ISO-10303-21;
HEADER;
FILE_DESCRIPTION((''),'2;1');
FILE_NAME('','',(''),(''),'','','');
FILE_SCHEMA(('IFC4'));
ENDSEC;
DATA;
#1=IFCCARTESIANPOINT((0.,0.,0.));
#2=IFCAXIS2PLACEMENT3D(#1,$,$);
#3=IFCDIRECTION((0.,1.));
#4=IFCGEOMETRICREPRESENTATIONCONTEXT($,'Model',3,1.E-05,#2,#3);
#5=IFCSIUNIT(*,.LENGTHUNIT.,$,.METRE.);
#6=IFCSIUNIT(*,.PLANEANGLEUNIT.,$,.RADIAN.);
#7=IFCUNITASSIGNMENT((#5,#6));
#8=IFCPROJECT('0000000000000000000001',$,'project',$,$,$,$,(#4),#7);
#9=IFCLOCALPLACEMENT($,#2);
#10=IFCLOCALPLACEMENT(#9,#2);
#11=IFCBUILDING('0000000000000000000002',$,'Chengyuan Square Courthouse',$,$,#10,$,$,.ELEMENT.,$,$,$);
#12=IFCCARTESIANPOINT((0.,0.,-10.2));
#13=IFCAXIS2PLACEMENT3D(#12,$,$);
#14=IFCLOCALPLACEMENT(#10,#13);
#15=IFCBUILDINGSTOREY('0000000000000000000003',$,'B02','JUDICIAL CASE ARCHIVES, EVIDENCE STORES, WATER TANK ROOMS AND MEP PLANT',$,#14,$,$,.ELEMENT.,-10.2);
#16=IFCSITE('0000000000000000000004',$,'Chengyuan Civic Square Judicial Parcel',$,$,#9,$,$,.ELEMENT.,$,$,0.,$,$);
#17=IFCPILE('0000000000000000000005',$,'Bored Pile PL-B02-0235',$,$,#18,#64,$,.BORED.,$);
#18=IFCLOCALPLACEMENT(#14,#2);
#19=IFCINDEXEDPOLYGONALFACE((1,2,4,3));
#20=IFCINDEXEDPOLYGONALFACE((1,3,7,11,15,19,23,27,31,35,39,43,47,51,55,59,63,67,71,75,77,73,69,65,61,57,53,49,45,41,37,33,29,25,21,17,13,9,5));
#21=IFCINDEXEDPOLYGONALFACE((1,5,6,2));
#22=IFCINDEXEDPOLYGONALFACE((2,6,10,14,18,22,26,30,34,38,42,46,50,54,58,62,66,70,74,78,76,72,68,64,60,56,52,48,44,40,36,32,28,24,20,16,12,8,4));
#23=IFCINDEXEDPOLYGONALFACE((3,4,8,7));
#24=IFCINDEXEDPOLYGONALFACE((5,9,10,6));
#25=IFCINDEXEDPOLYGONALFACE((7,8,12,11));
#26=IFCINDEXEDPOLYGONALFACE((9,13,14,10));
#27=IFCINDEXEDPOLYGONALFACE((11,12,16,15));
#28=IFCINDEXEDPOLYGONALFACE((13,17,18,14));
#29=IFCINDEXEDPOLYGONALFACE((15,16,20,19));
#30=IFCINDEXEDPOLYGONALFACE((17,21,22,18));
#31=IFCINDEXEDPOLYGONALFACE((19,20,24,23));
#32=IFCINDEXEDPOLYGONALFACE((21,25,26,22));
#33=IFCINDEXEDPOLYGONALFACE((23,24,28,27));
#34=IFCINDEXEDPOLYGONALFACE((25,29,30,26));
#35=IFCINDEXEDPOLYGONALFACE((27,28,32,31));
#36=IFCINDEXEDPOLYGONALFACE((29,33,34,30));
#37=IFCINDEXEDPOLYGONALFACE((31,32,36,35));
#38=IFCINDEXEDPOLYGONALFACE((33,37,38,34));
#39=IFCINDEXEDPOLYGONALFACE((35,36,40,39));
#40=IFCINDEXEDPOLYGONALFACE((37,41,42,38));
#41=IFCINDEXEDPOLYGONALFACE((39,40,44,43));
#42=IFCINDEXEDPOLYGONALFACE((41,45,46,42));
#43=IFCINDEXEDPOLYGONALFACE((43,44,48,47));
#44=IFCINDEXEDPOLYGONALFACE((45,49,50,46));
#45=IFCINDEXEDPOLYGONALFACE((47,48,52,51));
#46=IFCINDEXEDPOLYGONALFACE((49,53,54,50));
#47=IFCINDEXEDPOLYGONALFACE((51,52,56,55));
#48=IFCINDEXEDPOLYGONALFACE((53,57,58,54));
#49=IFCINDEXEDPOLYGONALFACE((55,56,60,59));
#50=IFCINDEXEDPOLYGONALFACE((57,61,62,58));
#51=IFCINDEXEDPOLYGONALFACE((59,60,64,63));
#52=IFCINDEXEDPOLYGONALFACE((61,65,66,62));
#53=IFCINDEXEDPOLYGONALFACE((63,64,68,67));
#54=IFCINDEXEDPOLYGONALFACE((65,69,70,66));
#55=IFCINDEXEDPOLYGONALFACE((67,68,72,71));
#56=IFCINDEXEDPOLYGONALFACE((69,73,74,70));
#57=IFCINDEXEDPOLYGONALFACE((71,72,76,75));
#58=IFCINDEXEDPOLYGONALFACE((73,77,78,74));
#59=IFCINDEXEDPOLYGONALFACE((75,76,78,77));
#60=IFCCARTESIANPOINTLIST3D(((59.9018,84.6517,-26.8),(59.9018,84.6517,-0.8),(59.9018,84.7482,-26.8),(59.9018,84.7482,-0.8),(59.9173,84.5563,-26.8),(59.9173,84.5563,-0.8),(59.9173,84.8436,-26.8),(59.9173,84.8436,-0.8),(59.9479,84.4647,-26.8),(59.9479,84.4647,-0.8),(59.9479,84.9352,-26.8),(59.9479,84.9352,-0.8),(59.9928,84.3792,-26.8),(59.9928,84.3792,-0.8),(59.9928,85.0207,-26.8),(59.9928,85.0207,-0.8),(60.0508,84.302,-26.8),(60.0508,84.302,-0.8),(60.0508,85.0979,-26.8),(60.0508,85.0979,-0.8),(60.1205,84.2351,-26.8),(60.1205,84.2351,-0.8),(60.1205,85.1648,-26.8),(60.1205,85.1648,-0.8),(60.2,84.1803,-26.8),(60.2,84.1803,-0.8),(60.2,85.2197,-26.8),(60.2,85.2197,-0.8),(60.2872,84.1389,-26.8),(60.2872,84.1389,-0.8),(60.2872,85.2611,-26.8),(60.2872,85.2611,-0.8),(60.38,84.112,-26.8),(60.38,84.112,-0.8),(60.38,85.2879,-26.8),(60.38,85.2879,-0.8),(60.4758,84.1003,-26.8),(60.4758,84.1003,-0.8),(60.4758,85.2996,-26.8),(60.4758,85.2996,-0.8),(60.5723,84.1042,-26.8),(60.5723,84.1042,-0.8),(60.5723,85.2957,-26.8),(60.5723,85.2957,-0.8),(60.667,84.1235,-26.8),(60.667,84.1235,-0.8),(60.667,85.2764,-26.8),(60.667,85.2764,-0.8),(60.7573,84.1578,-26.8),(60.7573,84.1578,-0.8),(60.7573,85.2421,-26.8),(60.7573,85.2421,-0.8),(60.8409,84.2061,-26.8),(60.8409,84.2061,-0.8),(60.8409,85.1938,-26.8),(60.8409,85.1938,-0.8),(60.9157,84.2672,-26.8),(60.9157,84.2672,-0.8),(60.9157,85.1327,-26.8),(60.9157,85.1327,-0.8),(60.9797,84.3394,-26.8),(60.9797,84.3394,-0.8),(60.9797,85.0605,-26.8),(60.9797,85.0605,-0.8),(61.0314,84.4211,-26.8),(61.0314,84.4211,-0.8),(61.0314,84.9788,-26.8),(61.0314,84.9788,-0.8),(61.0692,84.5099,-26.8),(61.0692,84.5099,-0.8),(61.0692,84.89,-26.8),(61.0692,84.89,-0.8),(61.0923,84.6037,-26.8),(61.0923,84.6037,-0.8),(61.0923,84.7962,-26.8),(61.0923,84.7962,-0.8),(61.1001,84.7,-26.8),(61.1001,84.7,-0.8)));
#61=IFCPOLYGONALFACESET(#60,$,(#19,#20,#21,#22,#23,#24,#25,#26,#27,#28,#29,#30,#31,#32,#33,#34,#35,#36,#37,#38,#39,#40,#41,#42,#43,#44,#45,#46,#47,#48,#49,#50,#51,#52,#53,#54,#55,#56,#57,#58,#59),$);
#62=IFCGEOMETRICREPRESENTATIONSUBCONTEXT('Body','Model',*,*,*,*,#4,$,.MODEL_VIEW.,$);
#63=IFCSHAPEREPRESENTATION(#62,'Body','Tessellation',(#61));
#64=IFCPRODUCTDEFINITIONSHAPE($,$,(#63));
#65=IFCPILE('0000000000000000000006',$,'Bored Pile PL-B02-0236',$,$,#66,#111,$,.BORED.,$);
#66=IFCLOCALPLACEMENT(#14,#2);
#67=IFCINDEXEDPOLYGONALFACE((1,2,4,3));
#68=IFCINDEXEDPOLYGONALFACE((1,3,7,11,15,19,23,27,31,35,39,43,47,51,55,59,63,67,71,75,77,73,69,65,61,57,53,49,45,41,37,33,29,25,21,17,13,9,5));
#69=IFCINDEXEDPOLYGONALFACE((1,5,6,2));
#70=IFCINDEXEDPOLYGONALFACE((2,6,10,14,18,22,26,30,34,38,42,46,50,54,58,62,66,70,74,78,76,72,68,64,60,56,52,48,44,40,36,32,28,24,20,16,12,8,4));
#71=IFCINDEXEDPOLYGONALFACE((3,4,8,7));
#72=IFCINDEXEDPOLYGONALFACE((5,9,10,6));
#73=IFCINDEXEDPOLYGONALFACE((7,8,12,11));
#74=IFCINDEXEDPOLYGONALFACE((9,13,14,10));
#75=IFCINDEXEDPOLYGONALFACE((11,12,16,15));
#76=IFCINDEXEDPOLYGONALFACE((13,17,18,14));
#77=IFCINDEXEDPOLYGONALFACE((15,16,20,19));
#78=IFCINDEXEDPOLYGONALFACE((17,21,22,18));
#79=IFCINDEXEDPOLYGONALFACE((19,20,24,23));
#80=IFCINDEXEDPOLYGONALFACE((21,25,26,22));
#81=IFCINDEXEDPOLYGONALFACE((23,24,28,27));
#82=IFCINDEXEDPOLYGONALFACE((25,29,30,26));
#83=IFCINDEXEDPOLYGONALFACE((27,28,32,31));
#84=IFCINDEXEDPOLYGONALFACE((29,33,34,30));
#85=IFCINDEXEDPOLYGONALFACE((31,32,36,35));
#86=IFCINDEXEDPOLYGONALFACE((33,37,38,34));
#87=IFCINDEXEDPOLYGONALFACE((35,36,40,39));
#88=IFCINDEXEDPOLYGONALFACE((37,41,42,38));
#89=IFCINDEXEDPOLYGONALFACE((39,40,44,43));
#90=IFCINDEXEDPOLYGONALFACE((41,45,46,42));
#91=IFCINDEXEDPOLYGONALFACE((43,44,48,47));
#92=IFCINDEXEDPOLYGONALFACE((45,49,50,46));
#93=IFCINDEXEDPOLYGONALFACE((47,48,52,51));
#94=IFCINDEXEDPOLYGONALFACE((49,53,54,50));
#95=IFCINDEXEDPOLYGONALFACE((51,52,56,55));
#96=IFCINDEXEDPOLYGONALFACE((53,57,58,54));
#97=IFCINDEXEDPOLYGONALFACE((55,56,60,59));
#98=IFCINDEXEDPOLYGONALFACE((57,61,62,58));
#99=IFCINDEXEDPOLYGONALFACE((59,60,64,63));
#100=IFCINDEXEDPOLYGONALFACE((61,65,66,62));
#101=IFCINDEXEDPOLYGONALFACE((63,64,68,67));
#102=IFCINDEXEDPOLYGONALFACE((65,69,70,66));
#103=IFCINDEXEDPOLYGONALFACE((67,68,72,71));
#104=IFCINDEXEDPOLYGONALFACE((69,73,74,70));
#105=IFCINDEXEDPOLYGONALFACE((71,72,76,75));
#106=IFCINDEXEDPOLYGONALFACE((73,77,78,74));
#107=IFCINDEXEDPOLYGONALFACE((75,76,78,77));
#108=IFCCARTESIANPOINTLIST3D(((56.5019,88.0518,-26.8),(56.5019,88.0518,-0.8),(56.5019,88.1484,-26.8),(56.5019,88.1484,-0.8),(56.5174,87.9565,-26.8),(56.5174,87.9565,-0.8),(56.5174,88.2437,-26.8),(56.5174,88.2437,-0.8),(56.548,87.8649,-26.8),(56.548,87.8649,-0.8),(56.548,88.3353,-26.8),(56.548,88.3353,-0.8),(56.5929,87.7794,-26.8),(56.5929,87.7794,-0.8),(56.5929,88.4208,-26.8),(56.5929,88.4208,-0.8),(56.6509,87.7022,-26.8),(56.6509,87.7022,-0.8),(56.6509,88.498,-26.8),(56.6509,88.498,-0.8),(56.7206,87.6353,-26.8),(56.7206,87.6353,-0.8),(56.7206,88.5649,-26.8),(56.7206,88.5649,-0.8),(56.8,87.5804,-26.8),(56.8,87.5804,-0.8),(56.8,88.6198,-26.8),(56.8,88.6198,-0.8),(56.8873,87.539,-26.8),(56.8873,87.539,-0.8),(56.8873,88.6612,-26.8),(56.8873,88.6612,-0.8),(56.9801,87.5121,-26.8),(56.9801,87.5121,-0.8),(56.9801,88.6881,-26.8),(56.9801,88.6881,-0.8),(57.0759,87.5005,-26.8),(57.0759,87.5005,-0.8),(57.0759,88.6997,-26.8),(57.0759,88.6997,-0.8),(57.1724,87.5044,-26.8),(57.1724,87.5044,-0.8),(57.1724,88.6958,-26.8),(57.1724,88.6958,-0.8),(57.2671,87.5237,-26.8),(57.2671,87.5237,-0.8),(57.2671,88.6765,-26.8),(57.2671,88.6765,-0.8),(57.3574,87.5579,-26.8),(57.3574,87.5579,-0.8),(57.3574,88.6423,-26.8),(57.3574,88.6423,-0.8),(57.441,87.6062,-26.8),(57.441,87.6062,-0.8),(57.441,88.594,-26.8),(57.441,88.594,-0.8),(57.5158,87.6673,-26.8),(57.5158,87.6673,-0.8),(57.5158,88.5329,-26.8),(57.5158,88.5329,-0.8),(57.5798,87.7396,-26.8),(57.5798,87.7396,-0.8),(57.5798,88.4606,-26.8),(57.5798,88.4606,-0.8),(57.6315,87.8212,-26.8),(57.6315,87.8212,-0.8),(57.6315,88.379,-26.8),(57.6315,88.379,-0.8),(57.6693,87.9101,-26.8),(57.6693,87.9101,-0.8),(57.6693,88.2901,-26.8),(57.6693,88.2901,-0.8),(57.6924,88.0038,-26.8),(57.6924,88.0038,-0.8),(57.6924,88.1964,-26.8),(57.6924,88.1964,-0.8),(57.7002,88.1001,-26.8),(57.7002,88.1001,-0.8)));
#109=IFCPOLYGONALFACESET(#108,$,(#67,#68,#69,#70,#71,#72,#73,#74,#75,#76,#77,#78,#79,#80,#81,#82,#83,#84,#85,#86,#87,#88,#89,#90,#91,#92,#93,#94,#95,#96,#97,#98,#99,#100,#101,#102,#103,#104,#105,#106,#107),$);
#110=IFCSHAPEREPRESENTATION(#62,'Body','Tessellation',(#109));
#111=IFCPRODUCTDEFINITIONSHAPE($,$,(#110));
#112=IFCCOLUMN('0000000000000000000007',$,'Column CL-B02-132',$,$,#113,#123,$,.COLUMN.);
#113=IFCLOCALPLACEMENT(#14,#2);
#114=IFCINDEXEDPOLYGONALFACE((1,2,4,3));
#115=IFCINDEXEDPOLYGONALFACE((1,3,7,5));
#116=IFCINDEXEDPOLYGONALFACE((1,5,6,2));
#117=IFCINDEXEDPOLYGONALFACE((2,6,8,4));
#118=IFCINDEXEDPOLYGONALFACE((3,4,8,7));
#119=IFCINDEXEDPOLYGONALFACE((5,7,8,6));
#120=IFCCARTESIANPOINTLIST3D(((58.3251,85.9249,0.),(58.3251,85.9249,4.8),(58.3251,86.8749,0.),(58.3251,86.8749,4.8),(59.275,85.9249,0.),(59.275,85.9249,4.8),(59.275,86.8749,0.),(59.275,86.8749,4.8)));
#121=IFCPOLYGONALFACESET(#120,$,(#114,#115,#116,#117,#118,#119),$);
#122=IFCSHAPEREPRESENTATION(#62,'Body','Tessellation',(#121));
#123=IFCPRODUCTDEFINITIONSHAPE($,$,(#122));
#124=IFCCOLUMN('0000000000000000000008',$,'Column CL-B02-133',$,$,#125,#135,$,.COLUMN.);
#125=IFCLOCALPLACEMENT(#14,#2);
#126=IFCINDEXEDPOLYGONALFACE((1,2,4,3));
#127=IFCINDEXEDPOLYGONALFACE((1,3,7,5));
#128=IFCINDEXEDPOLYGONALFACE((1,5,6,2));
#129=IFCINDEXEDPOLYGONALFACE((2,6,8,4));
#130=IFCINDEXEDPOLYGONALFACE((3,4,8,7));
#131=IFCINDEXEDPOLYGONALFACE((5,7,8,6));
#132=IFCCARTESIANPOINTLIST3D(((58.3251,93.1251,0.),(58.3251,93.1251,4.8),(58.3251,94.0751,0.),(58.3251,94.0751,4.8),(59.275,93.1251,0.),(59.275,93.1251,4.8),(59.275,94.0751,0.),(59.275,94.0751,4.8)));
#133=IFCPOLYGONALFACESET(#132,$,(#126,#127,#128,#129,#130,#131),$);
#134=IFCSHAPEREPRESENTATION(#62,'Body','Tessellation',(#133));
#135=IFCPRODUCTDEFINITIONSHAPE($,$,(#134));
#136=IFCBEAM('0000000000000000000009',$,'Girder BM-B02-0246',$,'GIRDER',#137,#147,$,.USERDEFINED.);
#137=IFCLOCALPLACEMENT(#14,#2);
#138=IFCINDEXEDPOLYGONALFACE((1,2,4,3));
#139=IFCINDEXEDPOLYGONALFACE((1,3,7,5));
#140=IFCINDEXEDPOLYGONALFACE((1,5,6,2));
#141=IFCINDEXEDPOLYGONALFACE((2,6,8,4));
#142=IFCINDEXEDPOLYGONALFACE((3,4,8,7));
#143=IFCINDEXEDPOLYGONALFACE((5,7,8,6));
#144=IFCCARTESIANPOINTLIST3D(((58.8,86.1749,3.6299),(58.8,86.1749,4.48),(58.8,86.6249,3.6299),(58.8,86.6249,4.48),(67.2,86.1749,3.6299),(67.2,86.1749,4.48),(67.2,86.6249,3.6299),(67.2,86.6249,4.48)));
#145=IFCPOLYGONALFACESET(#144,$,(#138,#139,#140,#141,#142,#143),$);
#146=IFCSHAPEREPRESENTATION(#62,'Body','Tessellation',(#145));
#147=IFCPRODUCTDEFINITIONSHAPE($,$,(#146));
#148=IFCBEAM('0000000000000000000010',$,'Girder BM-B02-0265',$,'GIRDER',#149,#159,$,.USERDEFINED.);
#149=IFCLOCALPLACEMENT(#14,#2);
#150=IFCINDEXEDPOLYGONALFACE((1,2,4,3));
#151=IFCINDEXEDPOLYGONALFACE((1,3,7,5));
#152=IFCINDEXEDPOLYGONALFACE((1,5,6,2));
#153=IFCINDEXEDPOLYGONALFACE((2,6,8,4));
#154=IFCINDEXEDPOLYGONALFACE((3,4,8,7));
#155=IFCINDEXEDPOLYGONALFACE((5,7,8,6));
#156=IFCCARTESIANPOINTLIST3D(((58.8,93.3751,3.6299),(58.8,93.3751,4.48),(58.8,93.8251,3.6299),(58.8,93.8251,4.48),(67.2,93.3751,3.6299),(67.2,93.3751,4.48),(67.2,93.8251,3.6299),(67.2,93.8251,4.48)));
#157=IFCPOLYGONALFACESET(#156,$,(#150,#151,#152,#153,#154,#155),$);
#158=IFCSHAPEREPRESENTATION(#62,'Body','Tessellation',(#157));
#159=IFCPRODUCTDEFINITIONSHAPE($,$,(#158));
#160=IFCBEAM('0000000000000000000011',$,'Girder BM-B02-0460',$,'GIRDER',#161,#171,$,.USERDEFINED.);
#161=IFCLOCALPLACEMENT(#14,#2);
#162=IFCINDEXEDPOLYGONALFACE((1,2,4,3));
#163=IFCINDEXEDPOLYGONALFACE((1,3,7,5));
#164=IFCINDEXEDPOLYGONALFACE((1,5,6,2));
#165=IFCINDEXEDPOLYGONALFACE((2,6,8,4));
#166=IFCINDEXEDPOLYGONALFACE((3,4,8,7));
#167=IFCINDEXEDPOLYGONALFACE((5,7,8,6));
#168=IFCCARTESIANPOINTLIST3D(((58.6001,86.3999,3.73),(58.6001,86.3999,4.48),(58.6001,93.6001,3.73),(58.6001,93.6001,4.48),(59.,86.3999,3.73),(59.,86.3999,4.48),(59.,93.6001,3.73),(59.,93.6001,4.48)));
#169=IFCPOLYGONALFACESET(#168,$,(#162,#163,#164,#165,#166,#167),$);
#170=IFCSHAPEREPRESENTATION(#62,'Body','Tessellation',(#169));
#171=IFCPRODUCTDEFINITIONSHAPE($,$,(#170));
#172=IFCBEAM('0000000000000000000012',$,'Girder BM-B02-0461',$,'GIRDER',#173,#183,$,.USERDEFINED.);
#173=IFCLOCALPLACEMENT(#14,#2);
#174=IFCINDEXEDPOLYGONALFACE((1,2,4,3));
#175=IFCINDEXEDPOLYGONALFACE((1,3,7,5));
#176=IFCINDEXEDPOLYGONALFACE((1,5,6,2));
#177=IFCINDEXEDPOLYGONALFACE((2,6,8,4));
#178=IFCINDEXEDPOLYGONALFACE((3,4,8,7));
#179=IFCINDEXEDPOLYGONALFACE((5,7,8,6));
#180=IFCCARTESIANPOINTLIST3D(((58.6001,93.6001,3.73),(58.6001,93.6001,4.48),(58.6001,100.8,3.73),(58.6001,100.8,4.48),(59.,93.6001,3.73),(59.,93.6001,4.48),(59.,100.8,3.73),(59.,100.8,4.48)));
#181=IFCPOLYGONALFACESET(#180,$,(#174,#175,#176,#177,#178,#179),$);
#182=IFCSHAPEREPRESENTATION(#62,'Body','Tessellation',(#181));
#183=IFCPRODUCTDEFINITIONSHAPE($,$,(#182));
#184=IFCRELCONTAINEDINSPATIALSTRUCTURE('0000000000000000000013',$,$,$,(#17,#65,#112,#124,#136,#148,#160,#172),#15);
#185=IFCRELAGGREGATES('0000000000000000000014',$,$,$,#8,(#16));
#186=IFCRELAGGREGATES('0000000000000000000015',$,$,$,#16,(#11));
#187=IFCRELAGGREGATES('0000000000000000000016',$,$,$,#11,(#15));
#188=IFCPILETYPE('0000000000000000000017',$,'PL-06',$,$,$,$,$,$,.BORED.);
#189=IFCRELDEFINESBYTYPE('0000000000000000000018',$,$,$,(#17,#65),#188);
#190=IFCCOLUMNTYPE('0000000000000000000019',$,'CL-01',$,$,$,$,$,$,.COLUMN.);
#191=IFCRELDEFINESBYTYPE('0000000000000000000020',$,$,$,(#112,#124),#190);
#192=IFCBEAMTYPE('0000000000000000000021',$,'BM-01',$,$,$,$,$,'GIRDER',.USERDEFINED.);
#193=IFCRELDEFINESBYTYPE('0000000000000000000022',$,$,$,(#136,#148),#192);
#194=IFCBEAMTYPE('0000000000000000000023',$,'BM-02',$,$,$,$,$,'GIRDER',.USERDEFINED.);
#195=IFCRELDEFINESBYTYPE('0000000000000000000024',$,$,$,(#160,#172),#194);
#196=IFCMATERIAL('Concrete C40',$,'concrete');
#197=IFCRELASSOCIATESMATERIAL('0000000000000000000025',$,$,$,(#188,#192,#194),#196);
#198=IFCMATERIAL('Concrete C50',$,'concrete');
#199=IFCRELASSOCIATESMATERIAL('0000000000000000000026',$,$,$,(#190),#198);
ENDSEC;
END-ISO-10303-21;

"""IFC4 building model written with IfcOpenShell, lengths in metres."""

from ifc_helpers import new_model, si_unit, direction, frame, origin, origin_2d, place, context, subcontext, project, spatial, rectangle, circle, extrude, material, material_profile, profile_set, type_object, element, save


model = new_model("IFC4")

# Units and contexts
model_context = context("Model", 3, precision=1e-05, world=origin(), true_north=direction((0.0, 1.0)))
body_context = subcontext(model_context, "Body", "Model", "MODEL_VIEW")
ifc_project = project(units=[si_unit("LENGTHUNIT", "METRE"), si_unit("PLANEANGLEUNIT", "RADIAN")], contexts=[model_context])

# Site, building, storey
site_placement = place(None, origin())
site = spatial("IfcSite", under=ifc_project, at=site_placement, Name="Chengyuan Civic Square Judicial Parcel", CompositionType="ELEMENT", RefElevation=0.0)
building_placement = place(site_placement, origin())
building = spatial("IfcBuilding", under=site, at=building_placement, Name="Chengyuan Square Courthouse", CompositionType="ELEMENT")
storey_placement = place(building_placement, frame((0.0, 0.0, -10.2)))
storey = spatial("IfcBuildingStorey", under=building, at=storey_placement, Name="B02", Description="JUDICIAL CASE ARCHIVES, EVIDENCE STORES, WATER TANK ROOMS AND MEP PLANT", CompositionType="ELEMENT", Elevation=-10.2)

# Shared definitions
ifc_material_1 = material(Name="Concrete C40", Category="concrete")

# Piles
ifc_material_profile_1 = material_profile(ifc_material_1, circle(Radius=0.6001, at=origin_2d()), Name="BORED PILE D1200")
ifc_profile_set_1 = profile_set([ifc_material_profile_1], Name="Concrete C40")
pile_type_1 = type_object("IfcPileType", Name="PL-06", PredefinedType="BORED", material=ifc_profile_set_1)
for number, where, z_axis, x_axis, name in (
    (1, (60.5, 84.7, -0.8), (0.0, 0.0, -1.0), (1.0, 0.0, 0.0), "Bored Pile PL-B02-0235"),
    (2, (57.1001, 88.1001, -0.8), (0.0, 0.0, -1.0), (1.0, 0.0, 0.0), "Bored Pile PL-B02-0236"),
):
    element("IfcPile", number, at=place(storey_placement, frame(where, z_axis=z_axis, x_axis=x_axis)), inside=storey, type_object=pile_type_1, Name=name, PredefinedType="BORED", context=body_context, shape_type="SweptSolid", body=[
        extrude(circle(Radius=0.6001, at=origin_2d()), origin(), (0.0, 0.0, 1.0), 26.0),
    ])

# Columns
ifc_material_2 = material(Name="Concrete C50", Category="concrete")
ifc_material_profile_2 = material_profile(ifc_material_2, rectangle(XDim=0.95, YDim=0.95, at=origin_2d()), Name="RC-COL-950x950")
ifc_profile_set_2 = profile_set([ifc_material_profile_2], Name="Concrete C50")
column_type = type_object("IfcColumnType", Name="CL-01", PredefinedType="COLUMN", material=ifc_profile_set_2)
for number, where, z_axis, x_axis, name in (
    (3, (58.8, 86.3999, 0.0), (0.0, 0.0, 1.0), (1.0, 0.0, 0.0), "Column CL-B02-132"),
    (4, (58.8, 93.6001, 0.0), (0.0, 0.0, 1.0), (1.0, 0.0, 0.0), "Column CL-B02-133"),
):
    element("IfcColumn", number, at=place(storey_placement, frame(where, z_axis=z_axis, x_axis=x_axis)), inside=storey, type_object=column_type, Name=name, PredefinedType="COLUMN", context=body_context, shape_type="SweptSolid", body=[
        extrude(rectangle(XDim=0.95, YDim=0.95, at=origin_2d()), origin(), (0.0, 0.0, 1.0), 4.8),
    ])

# Beams
ifc_material_profile_3 = material_profile(ifc_material_1, rectangle(XDim=0.45, YDim=0.8501, at=origin_2d()), Name="RC-BM-450x850")
ifc_profile_set_3 = profile_set([ifc_material_profile_3], Name="Concrete C40")
beam_type_1 = type_object("IfcBeamType", Name="BM-01", ElementType="GIRDER", PredefinedType="USERDEFINED", material=ifc_profile_set_3)
for number, where, z_axis, x_axis, name in (
    (5, (58.8, 86.3999, 4.0549), (1.0, 0.0, 0.0), (0.0, 1.0, 0.0), "Girder BM-B02-0246"),
    (6, (58.8, 93.6001, 4.0549), (1.0, 0.0, 0.0), (0.0, 1.0, 0.0), "Girder BM-B02-0265"),
):
    element("IfcBeam", number, at=place(storey_placement, frame(where, z_axis=z_axis, x_axis=x_axis)), inside=storey, type_object=beam_type_1, Name=name, ObjectType="GIRDER", PredefinedType="USERDEFINED", context=body_context, shape_type="SweptSolid", body=[
        extrude(rectangle(XDim=0.45, YDim=0.8501, at=origin_2d()), origin(), (0.0, 0.0, 1.0), 8.3999),
    ])
ifc_material_profile_4 = material_profile(ifc_material_1, rectangle(XDim=0.3999, YDim=0.75, at=origin_2d()), Name="RC-BM-400x750")
ifc_profile_set_4 = profile_set([ifc_material_profile_4], Name="Concrete C40")
beam_type_2 = type_object("IfcBeamType", Name="BM-02", ElementType="GIRDER", PredefinedType="USERDEFINED", material=ifc_profile_set_4)
beam_1_placement = place(storey_placement, frame((58.8, 86.3999, 4.105), z_axis=(0.0, 1.0, 0.0), x_axis=(-1.0, 0.0, 0.0)))
element("IfcBeam", 7, at=beam_1_placement, inside=storey, type_object=beam_type_2, Name="Girder BM-B02-0460", ObjectType="GIRDER", PredefinedType="USERDEFINED", context=body_context, shape_type="SweptSolid", body=[
    extrude(rectangle(XDim=0.3999, YDim=0.75, at=origin_2d()), origin(), (0.0, 0.0, 1.0), 7.2002),
])
beam_2_placement = place(storey_placement, frame((58.8, 93.6001, 4.105), z_axis=(0.0, 1.0, 0.0), x_axis=(-1.0, 0.0, 0.0)))
element("IfcBeam", 8, at=beam_2_placement, inside=storey, type_object=beam_type_2, Name="Girder BM-B02-0461", ObjectType="GIRDER", PredefinedType="USERDEFINED", context=body_context, shape_type="SweptSolid", body=[
    extrude(rectangle(XDim=0.3999, YDim=0.75, at=origin_2d()), origin(), (0.0, 0.0, 1.0), 7.2),
])

save(model, "model.ifc")
